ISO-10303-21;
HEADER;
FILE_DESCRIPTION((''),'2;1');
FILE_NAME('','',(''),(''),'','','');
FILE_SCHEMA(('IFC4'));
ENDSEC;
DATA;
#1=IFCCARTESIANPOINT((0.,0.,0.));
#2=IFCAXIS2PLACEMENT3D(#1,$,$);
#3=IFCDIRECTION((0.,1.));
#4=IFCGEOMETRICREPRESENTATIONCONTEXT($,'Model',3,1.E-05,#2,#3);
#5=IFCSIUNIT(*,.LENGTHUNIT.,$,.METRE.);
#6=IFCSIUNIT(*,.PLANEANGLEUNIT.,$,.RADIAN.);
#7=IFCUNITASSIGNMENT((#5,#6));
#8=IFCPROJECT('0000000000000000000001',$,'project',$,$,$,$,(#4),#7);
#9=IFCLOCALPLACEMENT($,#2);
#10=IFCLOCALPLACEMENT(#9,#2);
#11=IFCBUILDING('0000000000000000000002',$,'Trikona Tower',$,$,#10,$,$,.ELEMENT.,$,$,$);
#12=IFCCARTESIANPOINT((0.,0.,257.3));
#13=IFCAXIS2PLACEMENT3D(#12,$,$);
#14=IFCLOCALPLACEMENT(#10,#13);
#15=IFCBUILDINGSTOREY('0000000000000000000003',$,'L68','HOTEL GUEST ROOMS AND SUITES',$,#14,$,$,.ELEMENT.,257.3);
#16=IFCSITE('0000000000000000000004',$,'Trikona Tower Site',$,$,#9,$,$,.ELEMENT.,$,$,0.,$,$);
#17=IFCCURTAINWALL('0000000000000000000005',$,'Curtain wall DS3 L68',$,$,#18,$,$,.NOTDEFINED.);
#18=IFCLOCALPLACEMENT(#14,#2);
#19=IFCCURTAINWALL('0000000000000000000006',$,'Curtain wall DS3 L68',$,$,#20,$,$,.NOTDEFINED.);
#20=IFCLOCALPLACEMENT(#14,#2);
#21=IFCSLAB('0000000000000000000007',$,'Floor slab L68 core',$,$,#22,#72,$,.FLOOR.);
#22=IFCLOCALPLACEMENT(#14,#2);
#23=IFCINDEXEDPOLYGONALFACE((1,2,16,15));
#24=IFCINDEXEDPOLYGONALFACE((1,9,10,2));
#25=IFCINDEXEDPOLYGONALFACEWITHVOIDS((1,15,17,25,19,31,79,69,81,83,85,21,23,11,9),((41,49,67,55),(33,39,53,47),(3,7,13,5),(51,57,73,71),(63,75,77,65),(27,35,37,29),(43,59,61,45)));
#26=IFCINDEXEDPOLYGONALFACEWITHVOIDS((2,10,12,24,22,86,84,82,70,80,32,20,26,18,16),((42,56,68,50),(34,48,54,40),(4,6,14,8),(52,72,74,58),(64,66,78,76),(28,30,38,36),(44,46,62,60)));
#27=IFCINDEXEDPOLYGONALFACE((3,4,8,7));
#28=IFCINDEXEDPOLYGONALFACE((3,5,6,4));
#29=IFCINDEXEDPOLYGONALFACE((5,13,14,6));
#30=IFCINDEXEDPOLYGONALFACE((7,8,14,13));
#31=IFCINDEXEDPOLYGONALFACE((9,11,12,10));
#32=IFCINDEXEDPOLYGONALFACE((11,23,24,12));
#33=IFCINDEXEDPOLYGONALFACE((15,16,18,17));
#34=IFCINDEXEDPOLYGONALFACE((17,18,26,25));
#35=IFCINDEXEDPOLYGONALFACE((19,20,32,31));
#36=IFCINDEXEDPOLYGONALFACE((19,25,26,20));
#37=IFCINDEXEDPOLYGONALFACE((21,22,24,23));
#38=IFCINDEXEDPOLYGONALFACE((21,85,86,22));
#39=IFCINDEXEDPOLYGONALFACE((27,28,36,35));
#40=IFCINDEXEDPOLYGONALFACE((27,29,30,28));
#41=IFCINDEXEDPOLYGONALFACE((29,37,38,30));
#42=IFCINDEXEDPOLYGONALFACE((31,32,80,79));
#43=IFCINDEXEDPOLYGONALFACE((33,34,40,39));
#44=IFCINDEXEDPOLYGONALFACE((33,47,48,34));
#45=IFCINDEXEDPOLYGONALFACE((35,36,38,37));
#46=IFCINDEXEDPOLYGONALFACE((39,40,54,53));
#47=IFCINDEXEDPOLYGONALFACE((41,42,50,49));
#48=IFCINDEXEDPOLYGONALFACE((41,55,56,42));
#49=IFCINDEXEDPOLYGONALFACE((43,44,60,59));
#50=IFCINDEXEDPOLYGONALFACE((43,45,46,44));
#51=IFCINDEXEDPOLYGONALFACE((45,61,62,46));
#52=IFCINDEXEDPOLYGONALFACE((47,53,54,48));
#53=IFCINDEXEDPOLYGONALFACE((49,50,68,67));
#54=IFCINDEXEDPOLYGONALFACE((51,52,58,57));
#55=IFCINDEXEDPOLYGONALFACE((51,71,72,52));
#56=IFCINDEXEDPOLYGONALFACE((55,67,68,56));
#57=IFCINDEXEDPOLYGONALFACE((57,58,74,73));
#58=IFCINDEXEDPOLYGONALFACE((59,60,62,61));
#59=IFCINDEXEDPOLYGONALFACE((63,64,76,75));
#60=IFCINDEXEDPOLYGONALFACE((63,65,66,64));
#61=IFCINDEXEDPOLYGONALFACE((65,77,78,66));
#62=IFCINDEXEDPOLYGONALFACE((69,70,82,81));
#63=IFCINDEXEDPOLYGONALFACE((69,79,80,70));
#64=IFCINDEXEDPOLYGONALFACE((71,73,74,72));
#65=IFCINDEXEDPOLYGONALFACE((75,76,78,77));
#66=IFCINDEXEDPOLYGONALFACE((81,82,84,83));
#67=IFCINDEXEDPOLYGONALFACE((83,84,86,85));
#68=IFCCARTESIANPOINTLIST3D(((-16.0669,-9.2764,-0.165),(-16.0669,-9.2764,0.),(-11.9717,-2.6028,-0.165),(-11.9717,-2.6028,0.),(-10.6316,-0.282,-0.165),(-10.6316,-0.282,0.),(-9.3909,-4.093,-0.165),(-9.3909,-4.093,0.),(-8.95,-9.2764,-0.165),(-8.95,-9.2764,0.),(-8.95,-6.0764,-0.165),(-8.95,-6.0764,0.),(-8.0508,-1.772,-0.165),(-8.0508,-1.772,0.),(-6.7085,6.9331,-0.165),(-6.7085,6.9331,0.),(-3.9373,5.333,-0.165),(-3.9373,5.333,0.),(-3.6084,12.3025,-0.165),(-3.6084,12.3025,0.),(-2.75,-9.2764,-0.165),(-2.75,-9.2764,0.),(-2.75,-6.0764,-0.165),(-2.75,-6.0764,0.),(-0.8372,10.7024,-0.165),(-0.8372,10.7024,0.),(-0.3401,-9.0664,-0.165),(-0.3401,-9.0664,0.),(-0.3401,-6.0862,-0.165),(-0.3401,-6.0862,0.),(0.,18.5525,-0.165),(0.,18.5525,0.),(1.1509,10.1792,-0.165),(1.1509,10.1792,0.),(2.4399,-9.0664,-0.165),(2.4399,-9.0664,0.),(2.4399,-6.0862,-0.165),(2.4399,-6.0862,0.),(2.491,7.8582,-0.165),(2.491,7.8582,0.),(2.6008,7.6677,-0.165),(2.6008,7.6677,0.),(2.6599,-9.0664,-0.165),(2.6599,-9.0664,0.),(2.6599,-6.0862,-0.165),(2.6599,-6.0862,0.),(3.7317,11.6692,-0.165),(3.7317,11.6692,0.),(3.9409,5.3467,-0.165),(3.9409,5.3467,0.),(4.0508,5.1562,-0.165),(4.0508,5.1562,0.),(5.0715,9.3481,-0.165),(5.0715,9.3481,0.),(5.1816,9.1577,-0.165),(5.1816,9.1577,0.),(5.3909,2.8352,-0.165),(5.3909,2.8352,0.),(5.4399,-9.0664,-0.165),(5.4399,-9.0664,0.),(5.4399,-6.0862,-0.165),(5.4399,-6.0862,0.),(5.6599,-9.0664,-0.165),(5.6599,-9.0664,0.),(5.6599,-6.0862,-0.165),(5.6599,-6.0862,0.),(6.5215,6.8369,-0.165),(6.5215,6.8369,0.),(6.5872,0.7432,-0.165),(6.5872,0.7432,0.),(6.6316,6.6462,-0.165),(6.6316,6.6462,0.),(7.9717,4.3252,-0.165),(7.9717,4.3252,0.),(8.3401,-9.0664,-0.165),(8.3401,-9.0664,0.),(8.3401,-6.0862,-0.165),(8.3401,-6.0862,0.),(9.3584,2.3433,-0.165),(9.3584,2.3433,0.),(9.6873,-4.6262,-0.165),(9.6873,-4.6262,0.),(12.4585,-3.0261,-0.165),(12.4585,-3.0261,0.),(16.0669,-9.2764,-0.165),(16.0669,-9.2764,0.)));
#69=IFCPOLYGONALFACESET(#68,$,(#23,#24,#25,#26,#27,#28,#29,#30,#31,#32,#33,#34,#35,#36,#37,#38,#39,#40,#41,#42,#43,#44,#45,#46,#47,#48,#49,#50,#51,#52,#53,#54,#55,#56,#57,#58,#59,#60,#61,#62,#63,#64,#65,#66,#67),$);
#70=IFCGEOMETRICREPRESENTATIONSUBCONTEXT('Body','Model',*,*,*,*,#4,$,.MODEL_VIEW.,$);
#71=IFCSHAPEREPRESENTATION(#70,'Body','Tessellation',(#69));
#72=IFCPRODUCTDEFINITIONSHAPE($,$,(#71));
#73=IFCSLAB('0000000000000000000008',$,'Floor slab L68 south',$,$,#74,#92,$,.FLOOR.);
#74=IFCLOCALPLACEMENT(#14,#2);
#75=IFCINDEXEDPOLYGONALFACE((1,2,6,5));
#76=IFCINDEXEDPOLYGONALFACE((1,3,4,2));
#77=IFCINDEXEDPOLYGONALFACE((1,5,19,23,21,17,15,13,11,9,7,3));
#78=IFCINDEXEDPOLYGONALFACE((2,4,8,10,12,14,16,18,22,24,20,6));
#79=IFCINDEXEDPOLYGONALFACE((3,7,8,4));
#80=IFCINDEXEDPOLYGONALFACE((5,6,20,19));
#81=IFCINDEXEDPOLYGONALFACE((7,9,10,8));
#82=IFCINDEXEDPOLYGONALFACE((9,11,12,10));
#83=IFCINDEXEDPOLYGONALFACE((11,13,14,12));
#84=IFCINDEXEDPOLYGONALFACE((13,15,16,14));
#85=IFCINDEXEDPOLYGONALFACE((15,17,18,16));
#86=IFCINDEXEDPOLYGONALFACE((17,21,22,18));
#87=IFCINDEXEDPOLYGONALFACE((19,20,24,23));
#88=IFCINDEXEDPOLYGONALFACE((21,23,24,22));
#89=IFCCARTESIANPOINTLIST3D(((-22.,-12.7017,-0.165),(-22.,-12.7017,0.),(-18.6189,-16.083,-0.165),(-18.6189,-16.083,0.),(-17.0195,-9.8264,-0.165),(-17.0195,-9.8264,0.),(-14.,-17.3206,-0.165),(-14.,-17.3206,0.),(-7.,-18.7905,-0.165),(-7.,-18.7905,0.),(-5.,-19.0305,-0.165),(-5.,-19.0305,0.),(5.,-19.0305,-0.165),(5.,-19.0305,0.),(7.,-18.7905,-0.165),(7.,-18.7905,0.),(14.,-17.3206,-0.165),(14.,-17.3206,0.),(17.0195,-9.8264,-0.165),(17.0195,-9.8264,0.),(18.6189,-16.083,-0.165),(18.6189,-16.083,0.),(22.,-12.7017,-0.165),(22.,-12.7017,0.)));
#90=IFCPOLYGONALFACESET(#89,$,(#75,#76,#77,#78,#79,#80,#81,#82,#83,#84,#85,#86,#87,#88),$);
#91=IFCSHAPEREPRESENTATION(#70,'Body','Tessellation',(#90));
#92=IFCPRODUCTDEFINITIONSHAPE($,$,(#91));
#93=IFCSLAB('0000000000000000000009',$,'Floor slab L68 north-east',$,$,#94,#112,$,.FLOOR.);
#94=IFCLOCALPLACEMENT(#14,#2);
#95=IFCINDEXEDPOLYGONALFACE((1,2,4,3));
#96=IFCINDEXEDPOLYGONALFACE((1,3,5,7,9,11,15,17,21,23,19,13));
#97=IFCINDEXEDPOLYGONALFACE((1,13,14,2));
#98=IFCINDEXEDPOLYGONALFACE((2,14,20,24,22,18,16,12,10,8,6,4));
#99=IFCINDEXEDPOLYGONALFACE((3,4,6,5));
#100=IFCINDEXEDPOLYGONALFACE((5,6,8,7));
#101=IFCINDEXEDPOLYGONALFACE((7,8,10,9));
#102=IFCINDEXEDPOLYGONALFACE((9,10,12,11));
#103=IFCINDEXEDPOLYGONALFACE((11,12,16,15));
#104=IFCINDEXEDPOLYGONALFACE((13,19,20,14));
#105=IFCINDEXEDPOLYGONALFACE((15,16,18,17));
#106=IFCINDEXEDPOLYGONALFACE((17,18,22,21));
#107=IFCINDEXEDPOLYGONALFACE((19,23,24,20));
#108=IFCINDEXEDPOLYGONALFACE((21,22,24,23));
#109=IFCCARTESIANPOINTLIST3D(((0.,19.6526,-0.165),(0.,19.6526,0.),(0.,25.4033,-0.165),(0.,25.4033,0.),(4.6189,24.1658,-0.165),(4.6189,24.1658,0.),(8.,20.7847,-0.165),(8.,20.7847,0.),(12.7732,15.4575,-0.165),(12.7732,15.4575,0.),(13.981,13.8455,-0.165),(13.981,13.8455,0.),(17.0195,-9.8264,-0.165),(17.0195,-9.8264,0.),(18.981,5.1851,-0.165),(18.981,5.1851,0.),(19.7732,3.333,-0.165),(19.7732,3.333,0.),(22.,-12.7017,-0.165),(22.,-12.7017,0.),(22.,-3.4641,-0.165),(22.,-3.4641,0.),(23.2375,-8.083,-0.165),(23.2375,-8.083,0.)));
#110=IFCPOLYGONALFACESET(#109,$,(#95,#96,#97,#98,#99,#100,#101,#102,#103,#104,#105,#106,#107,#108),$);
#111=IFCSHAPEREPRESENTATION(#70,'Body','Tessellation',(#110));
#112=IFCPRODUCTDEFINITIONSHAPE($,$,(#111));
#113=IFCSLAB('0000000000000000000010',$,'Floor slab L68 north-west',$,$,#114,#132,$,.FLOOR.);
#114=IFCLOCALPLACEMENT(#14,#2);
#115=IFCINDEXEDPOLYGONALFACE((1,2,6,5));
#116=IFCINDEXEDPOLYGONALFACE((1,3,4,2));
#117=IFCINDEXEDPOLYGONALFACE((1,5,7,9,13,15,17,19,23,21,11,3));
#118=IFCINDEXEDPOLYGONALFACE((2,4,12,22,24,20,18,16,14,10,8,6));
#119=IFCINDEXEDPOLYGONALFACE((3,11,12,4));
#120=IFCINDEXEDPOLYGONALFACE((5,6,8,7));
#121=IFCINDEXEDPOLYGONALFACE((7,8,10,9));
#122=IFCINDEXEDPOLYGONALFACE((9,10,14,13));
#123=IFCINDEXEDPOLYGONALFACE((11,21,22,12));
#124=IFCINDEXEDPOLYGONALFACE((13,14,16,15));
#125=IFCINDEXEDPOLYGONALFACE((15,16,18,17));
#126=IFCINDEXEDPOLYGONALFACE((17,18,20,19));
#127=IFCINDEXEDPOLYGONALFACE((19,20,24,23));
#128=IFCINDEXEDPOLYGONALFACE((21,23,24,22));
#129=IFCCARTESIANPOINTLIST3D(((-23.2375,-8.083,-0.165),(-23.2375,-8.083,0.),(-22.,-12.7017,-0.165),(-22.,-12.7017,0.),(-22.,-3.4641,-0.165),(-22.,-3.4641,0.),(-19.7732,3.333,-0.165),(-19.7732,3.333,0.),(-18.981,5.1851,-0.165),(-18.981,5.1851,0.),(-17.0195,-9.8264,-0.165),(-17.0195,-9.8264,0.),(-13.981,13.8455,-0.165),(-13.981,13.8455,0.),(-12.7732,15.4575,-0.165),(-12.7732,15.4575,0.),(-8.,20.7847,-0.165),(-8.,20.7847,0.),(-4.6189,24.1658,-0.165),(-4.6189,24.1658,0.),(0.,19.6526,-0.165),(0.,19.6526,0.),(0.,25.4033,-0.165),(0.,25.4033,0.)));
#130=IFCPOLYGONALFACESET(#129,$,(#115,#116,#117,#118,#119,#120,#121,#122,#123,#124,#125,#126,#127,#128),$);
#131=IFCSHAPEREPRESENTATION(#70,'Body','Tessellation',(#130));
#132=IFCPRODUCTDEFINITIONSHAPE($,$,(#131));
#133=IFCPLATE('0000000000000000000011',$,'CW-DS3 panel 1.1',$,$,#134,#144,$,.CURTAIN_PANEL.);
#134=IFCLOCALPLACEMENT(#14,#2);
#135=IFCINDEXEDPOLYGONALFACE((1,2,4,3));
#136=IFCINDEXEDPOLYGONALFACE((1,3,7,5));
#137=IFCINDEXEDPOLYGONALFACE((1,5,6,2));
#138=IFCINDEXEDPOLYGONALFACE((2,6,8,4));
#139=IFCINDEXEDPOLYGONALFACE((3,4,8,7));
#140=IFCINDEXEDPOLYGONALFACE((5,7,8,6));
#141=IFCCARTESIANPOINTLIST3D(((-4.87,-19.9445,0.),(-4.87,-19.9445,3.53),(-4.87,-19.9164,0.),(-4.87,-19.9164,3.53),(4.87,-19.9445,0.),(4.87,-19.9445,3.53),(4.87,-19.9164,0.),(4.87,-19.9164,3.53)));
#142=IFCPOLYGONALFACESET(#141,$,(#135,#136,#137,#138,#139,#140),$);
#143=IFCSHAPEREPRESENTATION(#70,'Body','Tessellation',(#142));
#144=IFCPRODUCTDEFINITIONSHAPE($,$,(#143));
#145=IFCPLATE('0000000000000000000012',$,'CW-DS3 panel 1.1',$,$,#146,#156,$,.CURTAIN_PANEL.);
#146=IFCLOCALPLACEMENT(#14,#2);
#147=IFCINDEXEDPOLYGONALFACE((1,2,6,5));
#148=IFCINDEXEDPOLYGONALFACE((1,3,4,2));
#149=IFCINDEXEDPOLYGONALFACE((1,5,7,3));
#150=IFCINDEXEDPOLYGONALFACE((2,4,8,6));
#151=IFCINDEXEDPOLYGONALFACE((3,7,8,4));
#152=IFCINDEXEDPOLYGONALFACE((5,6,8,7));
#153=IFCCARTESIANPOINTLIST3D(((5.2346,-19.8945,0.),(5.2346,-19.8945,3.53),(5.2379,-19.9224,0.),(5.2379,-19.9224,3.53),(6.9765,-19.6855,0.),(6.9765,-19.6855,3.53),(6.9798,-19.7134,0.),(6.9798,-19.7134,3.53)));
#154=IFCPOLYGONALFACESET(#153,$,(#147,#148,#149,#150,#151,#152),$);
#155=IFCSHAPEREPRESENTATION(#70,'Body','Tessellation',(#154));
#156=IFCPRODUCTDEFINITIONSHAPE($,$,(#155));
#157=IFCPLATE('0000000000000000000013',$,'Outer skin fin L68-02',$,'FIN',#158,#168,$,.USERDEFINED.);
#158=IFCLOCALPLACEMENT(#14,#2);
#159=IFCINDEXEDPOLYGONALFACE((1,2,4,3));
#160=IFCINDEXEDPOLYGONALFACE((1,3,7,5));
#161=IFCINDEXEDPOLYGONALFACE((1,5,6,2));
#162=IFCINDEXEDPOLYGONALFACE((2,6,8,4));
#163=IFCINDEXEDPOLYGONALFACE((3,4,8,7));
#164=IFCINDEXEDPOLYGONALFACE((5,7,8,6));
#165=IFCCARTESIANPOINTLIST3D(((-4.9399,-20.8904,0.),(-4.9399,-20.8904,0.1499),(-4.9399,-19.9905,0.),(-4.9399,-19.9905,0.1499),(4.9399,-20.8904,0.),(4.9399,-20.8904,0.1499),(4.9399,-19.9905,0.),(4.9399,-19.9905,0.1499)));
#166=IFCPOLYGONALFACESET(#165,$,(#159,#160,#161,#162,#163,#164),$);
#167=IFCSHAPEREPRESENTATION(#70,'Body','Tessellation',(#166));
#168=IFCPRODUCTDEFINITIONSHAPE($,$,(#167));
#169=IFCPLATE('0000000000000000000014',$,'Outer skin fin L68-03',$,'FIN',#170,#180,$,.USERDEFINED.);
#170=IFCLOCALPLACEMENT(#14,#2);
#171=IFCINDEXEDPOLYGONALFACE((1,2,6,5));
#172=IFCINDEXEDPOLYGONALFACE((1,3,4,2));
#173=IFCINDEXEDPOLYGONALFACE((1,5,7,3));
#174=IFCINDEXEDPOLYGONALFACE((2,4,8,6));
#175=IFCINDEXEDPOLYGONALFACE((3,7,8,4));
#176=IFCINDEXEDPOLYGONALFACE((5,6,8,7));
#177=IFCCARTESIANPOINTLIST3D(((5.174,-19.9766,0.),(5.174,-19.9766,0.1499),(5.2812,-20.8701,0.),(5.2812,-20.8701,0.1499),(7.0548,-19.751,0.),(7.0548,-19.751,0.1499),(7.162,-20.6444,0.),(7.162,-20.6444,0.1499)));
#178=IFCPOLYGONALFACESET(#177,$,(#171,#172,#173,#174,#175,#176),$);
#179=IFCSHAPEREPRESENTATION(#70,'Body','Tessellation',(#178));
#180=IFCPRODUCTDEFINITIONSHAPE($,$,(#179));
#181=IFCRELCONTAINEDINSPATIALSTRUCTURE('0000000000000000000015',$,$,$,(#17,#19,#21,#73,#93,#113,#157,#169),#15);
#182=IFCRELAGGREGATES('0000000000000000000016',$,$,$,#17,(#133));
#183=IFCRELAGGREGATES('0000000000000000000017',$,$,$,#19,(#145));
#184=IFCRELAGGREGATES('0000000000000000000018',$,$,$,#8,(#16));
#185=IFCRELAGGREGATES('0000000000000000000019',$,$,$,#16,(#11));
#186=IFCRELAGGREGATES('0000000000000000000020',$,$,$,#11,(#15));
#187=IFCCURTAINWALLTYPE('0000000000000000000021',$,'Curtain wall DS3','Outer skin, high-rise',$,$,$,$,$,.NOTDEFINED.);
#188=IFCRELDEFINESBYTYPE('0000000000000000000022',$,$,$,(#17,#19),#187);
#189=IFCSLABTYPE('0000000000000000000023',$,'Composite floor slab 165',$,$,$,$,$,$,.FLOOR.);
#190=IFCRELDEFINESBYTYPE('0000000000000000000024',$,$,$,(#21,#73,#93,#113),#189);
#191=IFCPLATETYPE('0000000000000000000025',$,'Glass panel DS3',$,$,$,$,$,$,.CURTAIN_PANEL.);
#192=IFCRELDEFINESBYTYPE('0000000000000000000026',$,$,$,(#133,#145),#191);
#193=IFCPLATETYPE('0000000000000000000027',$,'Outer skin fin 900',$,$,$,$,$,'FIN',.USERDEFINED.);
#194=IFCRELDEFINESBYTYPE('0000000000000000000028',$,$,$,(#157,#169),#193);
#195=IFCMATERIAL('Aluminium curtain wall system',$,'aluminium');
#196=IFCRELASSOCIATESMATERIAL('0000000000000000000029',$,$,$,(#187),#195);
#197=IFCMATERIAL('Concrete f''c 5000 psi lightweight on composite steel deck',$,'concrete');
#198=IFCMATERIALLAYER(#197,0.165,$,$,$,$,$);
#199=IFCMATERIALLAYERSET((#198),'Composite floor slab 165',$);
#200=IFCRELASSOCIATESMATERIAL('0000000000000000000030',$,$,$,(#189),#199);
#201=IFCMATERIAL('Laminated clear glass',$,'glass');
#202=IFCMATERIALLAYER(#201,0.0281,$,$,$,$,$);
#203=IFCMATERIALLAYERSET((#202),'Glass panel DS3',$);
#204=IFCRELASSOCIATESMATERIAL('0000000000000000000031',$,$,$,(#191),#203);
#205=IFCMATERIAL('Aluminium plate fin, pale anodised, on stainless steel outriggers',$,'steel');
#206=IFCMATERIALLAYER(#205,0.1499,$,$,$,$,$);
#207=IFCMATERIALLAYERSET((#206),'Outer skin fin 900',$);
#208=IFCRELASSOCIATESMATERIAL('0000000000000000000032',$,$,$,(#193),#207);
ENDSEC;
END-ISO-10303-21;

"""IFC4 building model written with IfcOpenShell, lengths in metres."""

from ifc_helpers import new_model, si_unit, direction, frame, origin, origin_2d, place, context, subcontext, project, spatial, polyline, rectangle, outline, extrude, material, layer, layer_set, type_object, element, aggregate, save


model = new_model("IFC4")

# Units and contexts
model_context = context("Model", 3, precision=1e-05, world=origin(), true_north=direction((0.0, 1.0)))
body_context = subcontext(model_context, "Body", "Model", "MODEL_VIEW")
ifc_project = project(units=[si_unit("LENGTHUNIT", "METRE"), si_unit("PLANEANGLEUNIT", "RADIAN")], contexts=[model_context])

# Site, building, storey
site_placement = place(None, origin())
site = spatial("IfcSite", under=ifc_project, at=site_placement, Name="Trikona Tower Site", CompositionType="ELEMENT", RefElevation=0.0)
building_placement = place(site_placement, origin())
building = spatial("IfcBuilding", under=site, at=building_placement, Name="Trikona Tower", CompositionType="ELEMENT")
storey_placement = place(building_placement, frame((0.0, 0.0, 257.3)))
storey = spatial("IfcBuildingStorey", under=building, at=storey_placement, Name="L68", Description="HOTEL GUEST ROOMS AND SUITES", CompositionType="ELEMENT", Elevation=257.3)

# Curtain walls
ifc_material_1 = material(Name="Aluminium curtain wall system", Category="aluminium")
curtain_wall_type = type_object("IfcCurtainWallType", Name="Curtain wall DS3", Description="Outer skin, high-rise", PredefinedType="NOTDEFINED", material=ifc_material_1)
curtain_wall_1_placement = place(storey_placement, origin())
curtain_wall_1 = element("IfcCurtainWall", 1, at=curtain_wall_1_placement, inside=storey, type_object=curtain_wall_type, Name="Curtain wall DS3 L68", PredefinedType="NOTDEFINED")
curtain_wall_2_placement = place(storey_placement, origin())
curtain_wall_2 = element("IfcCurtainWall", 2, at=curtain_wall_2_placement, inside=storey, type_object=curtain_wall_type, Name="Curtain wall DS3 L68", PredefinedType="NOTDEFINED")

# Slabs
ifc_material_2 = material(Name="Concrete f'c 5000 psi lightweight on composite steel deck", Category="concrete")
ifc_layer_1 = layer(ifc_material_2, 0.165)
ifc_layer_set_1 = layer_set([ifc_layer_1], Name="Composite floor slab 165")
slab_type_1 = type_object("IfcSlabType", Name="Composite floor slab 165", PredefinedType="FLOOR", material=ifc_layer_set_1)
slab_1_placement = place(storey_placement, frame((0.0, 0.0, -0.165)))
element("IfcSlab", 3, at=slab_1_placement, inside=storey, type_object=slab_type_1, Name="Floor slab L68 core", PredefinedType="FLOOR", context=body_context, shape_type="SweptSolid", body=[
    extrude(outline(polyline([(-16.0669, -9.2764), (-8.95, -9.2764), (-8.95, -6.0764), (-2.75, -6.0764), (-2.75, -9.2764), (16.0669, -9.2764), (12.4585, -3.0261), (9.6873, -4.6262), (6.5872, 0.7432), (9.3584, 2.3433), (0.0, 18.5525), (-3.6084, 12.3025), (-0.8372, 10.7024), (-3.9373, 5.333), (-6.7085, 6.9331), (-16.0669, -9.2764)]), holes=[polyline([(5.6599, -6.0862), (5.6599, -9.0664), (8.3401, -9.0664), (8.3401, -6.0862), (5.6599, -6.0862)]), polyline([(6.6316, 6.6462), (4.0508, 5.1562), (5.3909, 2.8352), (7.9717, 4.3252), (6.6316, 6.6462)]), polyline([(6.5215, 6.8369), (5.1816, 9.1577), (2.6008, 7.6677), (3.9409, 5.3467), (6.5215, 6.8369)]), polyline([(2.6599, -9.0664), (5.4399, -9.0664), (5.4399, -6.0862), (2.6599, -6.0862), (2.6599, -9.0664)]), polyline([(2.491, 7.8582), (5.0715, 9.3481), (3.7317, 11.6692), (1.1509, 10.1792), (2.491, 7.8582)]), polyline([(2.4399, -9.0664), (2.4399, -6.0862), (-0.3401, -6.0862), (-0.3401, -9.0664), (2.4399, -9.0664)]), polyline([(-11.9717, -2.6028), (-9.3909, -4.093), (-8.0508, -1.772), (-10.6316, -0.282), (-11.9717, -2.6028)])]), origin(), (0.0, 0.0, 1.0), 0.165),
])
slab_2_placement = place(storey_placement, frame((0.0, 0.0, -0.165)))
element("IfcSlab", 4, at=slab_2_placement, inside=storey, type_object=slab_type_1, Name="Floor slab L68 south", PredefinedType="FLOOR", context=body_context, shape_type="SweptSolid", body=[
    extrude(outline(polyline([(18.6189, -16.083), (22.0, -12.7017), (17.0195, -9.8264), (-17.0195, -9.8264), (-22.0, -12.7017), (-18.6189, -16.083), (-14.0, -17.3206), (-7.0, -18.7905), (-5.0, -19.0305), (5.0, -19.0305), (7.0, -18.7905), (14.0, -17.3206), (18.6189, -16.083)])), origin(), (0.0, 0.0, 1.0), 0.165),
])
slab_3_placement = place(storey_placement, frame((0.0, 0.0, -0.165)))
element("IfcSlab", 5, at=slab_3_placement, inside=storey, type_object=slab_type_1, Name="Floor slab L68 north-east", PredefinedType="FLOOR", context=body_context, shape_type="SweptSolid", body=[
    extrude(outline(polyline([(4.6189, 24.1658), (0.0, 25.4033), (0.0, 19.6526), (17.0195, -9.8264), (22.0, -12.7017), (23.2375, -8.083), (22.0, -3.4641), (19.7732, 3.333), (18.981, 5.1851), (13.981, 13.8455), (12.7732, 15.4575), (8.0, 20.7847), (4.6189, 24.1658)])), origin(), (0.0, 0.0, 1.0), 0.165),
])
slab_4_placement = place(storey_placement, frame((0.0, 0.0, -0.165)))
element("IfcSlab", 6, at=slab_4_placement, inside=storey, type_object=slab_type_1, Name="Floor slab L68 north-west", PredefinedType="FLOOR", context=body_context, shape_type="SweptSolid", body=[
    extrude(outline(polyline([(0.0, 19.6526), (0.0, 25.4033), (-4.6189, 24.1658), (-8.0, 20.7847), (-12.7732, 15.4575), (-13.981, 13.8455), (-18.981, 5.1851), (-19.7732, 3.333), (-22.0, -3.4641), (-23.2375, -8.083), (-22.0, -12.7017), (-17.0195, -9.8264), (0.0, 19.6526)])), origin(), (0.0, 0.0, 1.0), 0.165),
])

# Plates
ifc_material_3 = material(Name="Laminated clear glass", Category="glass")
ifc_layer_2 = layer(ifc_material_3, 0.0281)
ifc_layer_set_2 = layer_set([ifc_layer_2], Name="Glass panel DS3")
plate_type_1 = type_object("IfcPlateType", Name="Glass panel DS3", PredefinedType="CURTAIN_PANEL", material=ifc_layer_set_2)
plate_1_placement = place(storey_placement, frame((0.0, -19.9304, 0.0), z_axis=(0.0, 0.0, 1.0), x_axis=(1.0, 0.0, 0.0)))
plate_1 = element("IfcPlate", 7, at=plate_1_placement, type_object=plate_type_1, Name="CW-DS3 panel 1.1", PredefinedType="CURTAIN_PANEL", context=body_context, shape_type="SweptSolid", body=[
    extrude(rectangle(XDim=9.74, YDim=0.0281, at=origin_2d()), origin(), (0.0, 0.0, 1.0), 3.53),
])
aggregate(curtain_wall_1, [plate_1])
plate_2_placement = place(storey_placement, frame((6.1072, -19.804, 0.0), z_axis=(0.0, 0.0, 1.0), x_axis=(0.992877, 0.119141, 0.0)))
plate_2 = element("IfcPlate", 8, at=plate_2_placement, type_object=plate_type_1, Name="CW-DS3 panel 1.1", PredefinedType="CURTAIN_PANEL", context=body_context, shape_type="SweptSolid", body=[
    extrude(rectangle(XDim=1.7544, YDim=0.0281, at=origin_2d()), origin(), (0.0, 0.0, 1.0), 3.53),
])
aggregate(curtain_wall_2, [plate_2])

# Plates
ifc_material_4 = material(Name="Aluminium plate fin, pale anodised, on stainless steel outriggers", Category="steel")
ifc_layer_3 = layer(ifc_material_4, 0.1499)
ifc_layer_set_3 = layer_set([ifc_layer_3], Name="Outer skin fin 900")
plate_type_2 = type_object("IfcPlateType", Name="Outer skin fin 900", ElementType="FIN", PredefinedType="USERDEFINED", material=ifc_layer_set_3)
plate_3_placement = place(storey_placement, frame((0.0, -20.4404, 0.0), z_axis=(0.0, 0.0, 1.0), x_axis=(1.0, 0.0, 0.0)))
element("IfcPlate", 9, at=plate_3_placement, inside=storey, type_object=plate_type_2, Name="Outer skin fin L68-02", ObjectType="FIN", PredefinedType="USERDEFINED", context=body_context, shape_type="SweptSolid", body=[
    extrude(rectangle(XDim=9.8799, YDim=0.8999, at=origin_2d()), origin(), (0.0, 0.0, 1.0), 0.1499),
])
plate_4_placement = place(storey_placement, frame((6.168, -20.3105, 0.0), z_axis=(0.0, 0.0, 1.0), x_axis=(0.992877, 0.119146, 0.0)))
element("IfcPlate", 10, at=plate_4_placement, inside=storey, type_object=plate_type_2, Name="Outer skin fin L68-03", ObjectType="FIN", PredefinedType="USERDEFINED", context=body_context, shape_type="SweptSolid", body=[
    extrude(rectangle(XDim=1.8943, YDim=0.8999, at=origin_2d()), origin(), (0.0, 0.0, 1.0), 0.1499),
])

save(model, "model.ifc")
